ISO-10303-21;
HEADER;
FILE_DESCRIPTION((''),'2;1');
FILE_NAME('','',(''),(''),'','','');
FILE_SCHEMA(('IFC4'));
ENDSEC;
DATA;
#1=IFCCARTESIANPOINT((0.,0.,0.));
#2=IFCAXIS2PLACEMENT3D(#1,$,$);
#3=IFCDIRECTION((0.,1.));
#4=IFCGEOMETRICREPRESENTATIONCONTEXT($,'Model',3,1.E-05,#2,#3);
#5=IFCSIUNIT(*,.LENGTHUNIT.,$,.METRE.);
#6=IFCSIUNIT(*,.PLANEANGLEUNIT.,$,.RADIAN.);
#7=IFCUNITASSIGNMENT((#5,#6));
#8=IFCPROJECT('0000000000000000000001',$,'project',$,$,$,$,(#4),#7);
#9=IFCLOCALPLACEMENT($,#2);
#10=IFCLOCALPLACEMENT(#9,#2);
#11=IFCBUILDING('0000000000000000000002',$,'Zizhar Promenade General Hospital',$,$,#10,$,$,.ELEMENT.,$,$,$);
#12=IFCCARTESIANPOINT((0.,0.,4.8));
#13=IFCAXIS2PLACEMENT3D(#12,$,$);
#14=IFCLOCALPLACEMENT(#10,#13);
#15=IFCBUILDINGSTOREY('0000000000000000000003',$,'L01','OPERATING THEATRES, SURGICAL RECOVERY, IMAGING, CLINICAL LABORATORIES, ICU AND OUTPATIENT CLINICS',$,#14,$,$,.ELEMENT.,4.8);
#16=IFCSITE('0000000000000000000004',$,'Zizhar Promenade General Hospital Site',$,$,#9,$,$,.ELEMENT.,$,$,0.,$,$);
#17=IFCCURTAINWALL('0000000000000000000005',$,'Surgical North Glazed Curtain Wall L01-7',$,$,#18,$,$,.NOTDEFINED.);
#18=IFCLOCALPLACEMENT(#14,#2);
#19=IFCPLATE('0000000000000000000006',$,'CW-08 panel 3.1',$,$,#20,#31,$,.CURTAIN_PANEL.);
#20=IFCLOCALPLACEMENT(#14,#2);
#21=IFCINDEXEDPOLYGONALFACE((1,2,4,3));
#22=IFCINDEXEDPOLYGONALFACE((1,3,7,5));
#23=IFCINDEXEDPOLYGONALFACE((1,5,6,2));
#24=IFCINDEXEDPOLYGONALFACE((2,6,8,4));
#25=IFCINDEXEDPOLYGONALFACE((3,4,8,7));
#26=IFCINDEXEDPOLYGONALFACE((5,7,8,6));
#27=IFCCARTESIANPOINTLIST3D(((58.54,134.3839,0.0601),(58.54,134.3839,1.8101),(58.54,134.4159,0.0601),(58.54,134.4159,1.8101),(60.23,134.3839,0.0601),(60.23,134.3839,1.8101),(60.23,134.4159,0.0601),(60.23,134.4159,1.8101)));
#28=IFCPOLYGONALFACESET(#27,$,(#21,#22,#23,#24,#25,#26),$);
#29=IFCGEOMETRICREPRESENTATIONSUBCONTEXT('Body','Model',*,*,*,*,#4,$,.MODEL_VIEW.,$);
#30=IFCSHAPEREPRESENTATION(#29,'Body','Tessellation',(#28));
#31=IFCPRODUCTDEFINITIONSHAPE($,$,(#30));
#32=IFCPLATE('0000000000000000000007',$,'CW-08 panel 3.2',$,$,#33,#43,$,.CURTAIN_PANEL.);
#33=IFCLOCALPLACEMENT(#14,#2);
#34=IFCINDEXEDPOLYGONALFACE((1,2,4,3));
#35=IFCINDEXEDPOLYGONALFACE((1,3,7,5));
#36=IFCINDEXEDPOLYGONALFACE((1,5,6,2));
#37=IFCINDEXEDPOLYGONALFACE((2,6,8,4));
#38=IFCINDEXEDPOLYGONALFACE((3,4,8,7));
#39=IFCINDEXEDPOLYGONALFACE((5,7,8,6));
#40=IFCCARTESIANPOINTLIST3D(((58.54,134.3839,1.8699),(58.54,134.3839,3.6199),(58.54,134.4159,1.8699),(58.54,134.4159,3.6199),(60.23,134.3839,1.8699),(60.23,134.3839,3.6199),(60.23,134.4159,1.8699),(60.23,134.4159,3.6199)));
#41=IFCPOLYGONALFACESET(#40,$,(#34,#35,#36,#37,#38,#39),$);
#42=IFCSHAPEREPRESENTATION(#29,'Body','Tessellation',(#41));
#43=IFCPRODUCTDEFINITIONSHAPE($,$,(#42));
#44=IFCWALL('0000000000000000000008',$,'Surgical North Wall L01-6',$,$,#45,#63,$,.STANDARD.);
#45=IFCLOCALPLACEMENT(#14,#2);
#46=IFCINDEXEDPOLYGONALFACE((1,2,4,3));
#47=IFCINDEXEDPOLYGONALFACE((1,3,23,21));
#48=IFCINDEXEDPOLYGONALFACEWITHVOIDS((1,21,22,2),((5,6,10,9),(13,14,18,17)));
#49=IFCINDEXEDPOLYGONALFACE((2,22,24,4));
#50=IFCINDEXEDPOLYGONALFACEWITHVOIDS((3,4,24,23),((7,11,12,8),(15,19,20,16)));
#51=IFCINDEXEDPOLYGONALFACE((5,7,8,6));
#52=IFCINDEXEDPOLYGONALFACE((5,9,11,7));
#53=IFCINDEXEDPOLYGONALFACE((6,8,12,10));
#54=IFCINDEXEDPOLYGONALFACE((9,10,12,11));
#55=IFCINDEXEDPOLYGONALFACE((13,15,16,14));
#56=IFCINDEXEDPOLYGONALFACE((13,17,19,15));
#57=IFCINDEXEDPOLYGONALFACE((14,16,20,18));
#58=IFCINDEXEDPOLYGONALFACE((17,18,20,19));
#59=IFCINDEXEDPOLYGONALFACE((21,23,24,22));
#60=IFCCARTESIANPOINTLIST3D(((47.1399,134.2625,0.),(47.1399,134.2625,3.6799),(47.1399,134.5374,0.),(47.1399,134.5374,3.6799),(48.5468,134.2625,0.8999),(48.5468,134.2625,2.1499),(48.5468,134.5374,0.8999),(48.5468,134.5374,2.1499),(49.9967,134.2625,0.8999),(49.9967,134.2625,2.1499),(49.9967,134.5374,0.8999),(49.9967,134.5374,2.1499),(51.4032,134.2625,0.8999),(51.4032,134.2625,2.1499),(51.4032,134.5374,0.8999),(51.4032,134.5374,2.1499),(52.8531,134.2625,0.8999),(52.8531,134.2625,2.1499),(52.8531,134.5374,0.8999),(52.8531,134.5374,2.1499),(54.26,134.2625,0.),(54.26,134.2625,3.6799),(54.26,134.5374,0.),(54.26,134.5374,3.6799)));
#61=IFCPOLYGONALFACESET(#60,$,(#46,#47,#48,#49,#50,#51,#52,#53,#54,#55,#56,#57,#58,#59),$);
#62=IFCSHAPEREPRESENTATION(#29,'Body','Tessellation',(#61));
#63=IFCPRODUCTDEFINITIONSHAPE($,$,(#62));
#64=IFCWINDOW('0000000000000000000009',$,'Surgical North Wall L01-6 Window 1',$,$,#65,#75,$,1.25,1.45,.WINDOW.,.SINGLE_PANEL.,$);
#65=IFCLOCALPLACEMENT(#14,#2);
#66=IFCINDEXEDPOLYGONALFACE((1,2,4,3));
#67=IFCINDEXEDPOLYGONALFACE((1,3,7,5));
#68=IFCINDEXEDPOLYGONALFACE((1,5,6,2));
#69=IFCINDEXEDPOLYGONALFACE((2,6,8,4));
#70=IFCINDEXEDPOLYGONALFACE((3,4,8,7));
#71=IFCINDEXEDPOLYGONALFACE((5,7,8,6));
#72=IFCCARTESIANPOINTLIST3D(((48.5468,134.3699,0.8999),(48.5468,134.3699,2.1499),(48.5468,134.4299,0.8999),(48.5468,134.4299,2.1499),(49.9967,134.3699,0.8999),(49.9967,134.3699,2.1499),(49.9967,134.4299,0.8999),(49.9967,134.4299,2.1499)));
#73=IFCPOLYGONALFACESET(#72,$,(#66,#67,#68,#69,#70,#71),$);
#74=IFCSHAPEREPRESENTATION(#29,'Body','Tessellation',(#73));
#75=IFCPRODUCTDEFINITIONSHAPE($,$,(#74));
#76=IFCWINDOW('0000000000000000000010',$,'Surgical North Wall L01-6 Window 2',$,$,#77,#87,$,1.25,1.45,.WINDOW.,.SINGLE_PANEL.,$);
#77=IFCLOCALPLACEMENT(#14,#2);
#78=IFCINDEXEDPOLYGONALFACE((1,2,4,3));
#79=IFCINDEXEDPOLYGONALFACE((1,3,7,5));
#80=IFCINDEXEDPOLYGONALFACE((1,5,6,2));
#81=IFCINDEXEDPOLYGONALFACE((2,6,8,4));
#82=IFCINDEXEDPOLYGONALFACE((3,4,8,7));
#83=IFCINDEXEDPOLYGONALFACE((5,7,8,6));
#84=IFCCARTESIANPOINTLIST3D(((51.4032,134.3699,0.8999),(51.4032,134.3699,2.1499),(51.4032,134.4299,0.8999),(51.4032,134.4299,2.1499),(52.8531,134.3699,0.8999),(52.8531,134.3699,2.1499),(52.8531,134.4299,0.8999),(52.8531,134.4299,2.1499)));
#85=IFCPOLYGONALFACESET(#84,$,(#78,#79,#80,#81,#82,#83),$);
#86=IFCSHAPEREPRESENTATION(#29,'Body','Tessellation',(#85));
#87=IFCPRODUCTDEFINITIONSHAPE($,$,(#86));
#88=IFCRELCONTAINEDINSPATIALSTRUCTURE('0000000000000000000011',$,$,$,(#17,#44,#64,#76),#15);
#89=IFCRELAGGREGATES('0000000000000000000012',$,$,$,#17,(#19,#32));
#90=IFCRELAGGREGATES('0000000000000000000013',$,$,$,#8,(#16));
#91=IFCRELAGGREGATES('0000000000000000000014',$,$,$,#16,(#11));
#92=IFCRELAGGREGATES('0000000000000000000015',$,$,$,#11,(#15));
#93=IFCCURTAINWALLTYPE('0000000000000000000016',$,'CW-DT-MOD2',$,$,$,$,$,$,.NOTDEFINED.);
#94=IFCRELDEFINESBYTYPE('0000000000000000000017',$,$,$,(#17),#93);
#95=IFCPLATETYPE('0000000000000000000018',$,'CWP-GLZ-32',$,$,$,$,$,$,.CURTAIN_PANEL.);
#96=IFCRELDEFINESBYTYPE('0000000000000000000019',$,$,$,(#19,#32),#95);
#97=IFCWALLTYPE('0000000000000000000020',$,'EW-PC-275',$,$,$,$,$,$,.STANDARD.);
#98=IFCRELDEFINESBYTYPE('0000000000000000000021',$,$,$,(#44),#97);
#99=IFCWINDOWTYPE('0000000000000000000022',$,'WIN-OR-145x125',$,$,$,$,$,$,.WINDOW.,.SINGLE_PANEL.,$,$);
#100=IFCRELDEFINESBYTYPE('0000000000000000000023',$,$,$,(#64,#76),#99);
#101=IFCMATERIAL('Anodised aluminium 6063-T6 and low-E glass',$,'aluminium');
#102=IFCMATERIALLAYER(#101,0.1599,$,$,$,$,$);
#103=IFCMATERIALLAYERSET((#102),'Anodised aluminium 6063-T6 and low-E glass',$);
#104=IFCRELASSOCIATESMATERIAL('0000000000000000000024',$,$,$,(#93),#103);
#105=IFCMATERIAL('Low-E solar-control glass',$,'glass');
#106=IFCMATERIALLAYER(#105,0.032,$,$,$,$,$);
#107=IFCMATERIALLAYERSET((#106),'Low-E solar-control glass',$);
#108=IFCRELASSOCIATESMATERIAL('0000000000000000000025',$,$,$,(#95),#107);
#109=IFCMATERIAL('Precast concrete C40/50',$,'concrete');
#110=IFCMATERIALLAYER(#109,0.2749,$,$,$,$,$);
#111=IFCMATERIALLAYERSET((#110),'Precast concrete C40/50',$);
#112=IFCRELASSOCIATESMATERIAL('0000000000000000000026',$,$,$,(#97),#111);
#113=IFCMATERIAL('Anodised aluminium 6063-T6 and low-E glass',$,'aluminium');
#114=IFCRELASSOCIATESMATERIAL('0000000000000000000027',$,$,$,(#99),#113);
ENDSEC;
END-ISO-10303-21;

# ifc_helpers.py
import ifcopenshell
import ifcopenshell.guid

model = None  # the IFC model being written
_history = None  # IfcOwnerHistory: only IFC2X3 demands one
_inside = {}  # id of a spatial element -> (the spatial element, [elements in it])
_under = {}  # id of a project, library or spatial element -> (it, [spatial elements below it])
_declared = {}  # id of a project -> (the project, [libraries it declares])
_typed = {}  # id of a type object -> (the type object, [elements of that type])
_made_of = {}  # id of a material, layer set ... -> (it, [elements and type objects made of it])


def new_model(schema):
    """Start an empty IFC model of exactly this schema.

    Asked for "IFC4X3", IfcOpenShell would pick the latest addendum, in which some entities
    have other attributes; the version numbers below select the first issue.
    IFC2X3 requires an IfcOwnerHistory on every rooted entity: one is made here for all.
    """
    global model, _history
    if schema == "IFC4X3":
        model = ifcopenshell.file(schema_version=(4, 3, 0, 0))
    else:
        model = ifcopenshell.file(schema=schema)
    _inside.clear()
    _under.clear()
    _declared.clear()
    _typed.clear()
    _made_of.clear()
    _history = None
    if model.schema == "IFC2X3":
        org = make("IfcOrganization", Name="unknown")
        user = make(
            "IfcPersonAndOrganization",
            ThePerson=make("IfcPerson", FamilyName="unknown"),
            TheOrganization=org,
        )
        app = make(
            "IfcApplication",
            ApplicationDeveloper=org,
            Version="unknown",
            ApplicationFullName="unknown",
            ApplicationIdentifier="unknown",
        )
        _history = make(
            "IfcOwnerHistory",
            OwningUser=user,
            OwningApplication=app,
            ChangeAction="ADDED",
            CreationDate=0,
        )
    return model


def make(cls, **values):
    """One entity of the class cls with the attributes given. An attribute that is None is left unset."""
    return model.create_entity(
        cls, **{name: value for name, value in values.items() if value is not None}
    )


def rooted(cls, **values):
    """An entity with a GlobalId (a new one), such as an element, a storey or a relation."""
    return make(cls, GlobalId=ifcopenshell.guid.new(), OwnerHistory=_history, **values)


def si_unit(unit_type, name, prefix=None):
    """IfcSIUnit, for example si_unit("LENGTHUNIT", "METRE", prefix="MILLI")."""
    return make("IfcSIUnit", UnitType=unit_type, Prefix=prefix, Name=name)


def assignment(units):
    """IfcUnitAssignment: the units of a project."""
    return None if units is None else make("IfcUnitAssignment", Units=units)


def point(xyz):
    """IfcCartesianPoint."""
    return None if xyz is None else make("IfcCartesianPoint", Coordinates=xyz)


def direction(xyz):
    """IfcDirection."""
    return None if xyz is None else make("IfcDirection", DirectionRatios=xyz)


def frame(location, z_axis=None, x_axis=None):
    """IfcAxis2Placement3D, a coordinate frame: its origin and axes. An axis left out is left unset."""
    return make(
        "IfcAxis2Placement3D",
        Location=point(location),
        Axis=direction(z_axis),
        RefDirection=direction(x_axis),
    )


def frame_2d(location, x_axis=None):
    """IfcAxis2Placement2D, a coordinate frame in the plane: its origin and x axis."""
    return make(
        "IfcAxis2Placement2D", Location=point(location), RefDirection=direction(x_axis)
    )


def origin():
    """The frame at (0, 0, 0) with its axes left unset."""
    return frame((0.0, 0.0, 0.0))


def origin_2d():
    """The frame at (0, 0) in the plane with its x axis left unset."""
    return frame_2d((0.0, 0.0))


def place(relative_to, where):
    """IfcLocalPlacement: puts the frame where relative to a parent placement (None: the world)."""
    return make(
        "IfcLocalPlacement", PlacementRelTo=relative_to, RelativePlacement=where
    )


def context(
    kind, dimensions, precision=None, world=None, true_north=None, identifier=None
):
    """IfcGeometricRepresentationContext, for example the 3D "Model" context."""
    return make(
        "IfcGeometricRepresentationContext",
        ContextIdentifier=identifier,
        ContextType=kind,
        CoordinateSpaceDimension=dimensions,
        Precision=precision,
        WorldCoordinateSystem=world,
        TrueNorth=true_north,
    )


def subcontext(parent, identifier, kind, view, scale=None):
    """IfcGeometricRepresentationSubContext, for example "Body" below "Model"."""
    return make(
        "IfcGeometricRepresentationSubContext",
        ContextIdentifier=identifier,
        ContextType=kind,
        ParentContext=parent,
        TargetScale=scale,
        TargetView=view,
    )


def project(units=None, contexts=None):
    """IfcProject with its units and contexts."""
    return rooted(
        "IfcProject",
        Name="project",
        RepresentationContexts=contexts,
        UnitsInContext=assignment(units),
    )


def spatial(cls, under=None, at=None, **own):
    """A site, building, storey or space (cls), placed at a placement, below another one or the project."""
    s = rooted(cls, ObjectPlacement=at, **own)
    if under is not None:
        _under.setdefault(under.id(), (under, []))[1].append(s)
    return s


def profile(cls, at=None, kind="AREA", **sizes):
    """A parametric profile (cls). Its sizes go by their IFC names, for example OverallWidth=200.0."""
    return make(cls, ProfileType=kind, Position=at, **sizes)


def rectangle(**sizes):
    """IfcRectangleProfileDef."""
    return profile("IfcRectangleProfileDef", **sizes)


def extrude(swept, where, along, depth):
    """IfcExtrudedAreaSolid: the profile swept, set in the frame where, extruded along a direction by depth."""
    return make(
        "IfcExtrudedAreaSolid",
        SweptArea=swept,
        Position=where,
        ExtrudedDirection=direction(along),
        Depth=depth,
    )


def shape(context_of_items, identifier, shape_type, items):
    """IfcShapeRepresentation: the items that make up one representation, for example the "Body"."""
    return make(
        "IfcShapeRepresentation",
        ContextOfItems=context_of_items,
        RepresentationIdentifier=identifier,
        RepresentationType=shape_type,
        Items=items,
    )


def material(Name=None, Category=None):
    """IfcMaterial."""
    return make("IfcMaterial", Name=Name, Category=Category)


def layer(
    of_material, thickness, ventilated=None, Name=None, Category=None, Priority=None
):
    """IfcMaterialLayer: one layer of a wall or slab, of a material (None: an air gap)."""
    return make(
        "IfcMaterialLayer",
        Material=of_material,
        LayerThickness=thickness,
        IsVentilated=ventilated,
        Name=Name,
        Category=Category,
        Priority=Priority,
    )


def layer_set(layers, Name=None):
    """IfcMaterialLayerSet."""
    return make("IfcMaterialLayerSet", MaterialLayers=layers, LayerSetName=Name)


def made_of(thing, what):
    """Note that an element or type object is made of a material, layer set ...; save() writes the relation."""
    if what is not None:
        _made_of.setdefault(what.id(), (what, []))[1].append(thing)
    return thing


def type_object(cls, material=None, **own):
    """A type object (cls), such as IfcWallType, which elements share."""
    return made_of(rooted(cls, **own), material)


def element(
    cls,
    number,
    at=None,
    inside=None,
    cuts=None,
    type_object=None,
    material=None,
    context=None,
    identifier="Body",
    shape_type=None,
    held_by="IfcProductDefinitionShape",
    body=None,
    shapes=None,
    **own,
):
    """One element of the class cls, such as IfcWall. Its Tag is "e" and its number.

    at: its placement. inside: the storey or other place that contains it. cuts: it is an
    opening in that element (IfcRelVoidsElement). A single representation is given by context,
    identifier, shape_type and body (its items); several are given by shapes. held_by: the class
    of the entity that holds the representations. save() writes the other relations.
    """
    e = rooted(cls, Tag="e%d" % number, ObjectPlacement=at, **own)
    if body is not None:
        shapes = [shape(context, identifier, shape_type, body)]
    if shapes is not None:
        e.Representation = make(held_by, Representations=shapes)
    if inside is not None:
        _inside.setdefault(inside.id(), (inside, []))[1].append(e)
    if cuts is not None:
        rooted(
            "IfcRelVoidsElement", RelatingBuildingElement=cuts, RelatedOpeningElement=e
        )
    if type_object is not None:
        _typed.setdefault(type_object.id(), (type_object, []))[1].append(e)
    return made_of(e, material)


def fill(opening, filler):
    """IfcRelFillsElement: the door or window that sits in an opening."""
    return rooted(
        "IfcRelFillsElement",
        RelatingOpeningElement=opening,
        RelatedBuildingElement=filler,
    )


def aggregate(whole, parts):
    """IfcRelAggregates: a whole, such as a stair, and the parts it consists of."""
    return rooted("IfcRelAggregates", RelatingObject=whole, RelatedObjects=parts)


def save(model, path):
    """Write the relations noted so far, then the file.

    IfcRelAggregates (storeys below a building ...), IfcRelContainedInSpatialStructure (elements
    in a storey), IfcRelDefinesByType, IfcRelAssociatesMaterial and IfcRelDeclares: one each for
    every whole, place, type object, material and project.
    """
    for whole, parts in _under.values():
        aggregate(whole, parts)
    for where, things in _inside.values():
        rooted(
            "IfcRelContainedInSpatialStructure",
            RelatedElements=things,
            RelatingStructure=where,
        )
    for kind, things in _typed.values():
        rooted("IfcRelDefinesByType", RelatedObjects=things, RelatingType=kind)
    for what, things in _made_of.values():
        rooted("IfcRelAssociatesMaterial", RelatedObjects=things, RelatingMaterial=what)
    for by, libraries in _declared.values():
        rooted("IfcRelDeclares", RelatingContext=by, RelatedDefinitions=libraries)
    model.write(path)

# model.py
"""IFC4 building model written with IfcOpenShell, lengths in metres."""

from ifc_helpers import new_model, si_unit, direction, frame, frame_2d, origin, origin_2d, place, context, subcontext, project, spatial, rectangle, extrude, material, layer, layer_set, type_object, element, fill, aggregate, save


model = new_model("IFC4")

# Units and contexts
model_context = context("Model", 3, precision=1e-05, world=origin(), true_north=direction((0.0, 1.0)))
body_context = subcontext(model_context, "Body", "Model", "MODEL_VIEW")
ifc_project = project(units=[si_unit("LENGTHUNIT", "METRE"), si_unit("PLANEANGLEUNIT", "RADIAN")], contexts=[model_context])

# Site, building, storey
site_placement = place(None, origin())
site = spatial("IfcSite", under=ifc_project, at=site_placement, Name="Zizhar Promenade General Hospital Site", CompositionType="ELEMENT", RefElevation=0.0)
building_placement = place(site_placement, origin())
building = spatial("IfcBuilding", under=site, at=building_placement, Name="Zizhar Promenade General Hospital", CompositionType="ELEMENT")
storey_placement = place(building_placement, frame((0.0, 0.0, 4.8)))
storey = spatial("IfcBuildingStorey", under=building, at=storey_placement, Name="L01", Description="OPERATING THEATRES, SURGICAL RECOVERY, IMAGING, CLINICAL LABORATORIES, ICU AND OUTPATIENT CLINICS", CompositionType="ELEMENT", Elevation=4.8)

# Curtain wall, plates
ifc_material_1 = material(Name="Anodised aluminium 6063-T6 and low-E glass", Category="aluminium")
ifc_layer_1 = layer(ifc_material_1, 0.1599)
ifc_layer_set_1 = layer_set([ifc_layer_1], Name="Anodised aluminium 6063-T6 and low-E glass")
curtain_wall_type = type_object("IfcCurtainWallType", Name="CW-DT-MOD2", PredefinedType="NOTDEFINED", material=ifc_layer_set_1)
curtain_wall_placement = place(storey_placement, origin())
curtain_wall = element("IfcCurtainWall", 1, at=curtain_wall_placement, inside=storey, type_object=curtain_wall_type, Name="Surgical North Glazed Curtain Wall L01-7", PredefinedType="NOTDEFINED")
ifc_material_2 = material(Name="Low-E solar-control glass", Category="glass")
ifc_layer_2 = layer(ifc_material_2, 0.032)
ifc_layer_set_2 = layer_set([ifc_layer_2], Name="Low-E solar-control glass")
plate_type = type_object("IfcPlateType", Name="CWP-GLZ-32", PredefinedType="CURTAIN_PANEL", material=ifc_layer_set_2)
plate_1_placement = place(storey_placement, frame((59.385, 134.3999, 0.0601), z_axis=(0.0, 0.0, 1.0), x_axis=(1.0, 0.0, 0.0)))
plate_1 = element("IfcPlate", 2, at=plate_1_placement, type_object=plate_type, Name="CW-08 panel 3.1", PredefinedType="CURTAIN_PANEL", context=body_context, shape_type="SweptSolid", body=[
    extrude(rectangle(XDim=1.6899, YDim=0.032, at=origin_2d()), origin(), (0.0, 0.0, 1.0), 1.75),
])
plate_2_placement = place(storey_placement, frame((59.385, 134.3999, 1.8699), z_axis=(0.0, 0.0, 1.0), x_axis=(1.0, 0.0, 0.0)))
plate_2 = element("IfcPlate", 3, at=plate_2_placement, type_object=plate_type, Name="CW-08 panel 3.2", PredefinedType="CURTAIN_PANEL", context=body_context, shape_type="SweptSolid", body=[
    extrude(rectangle(XDim=1.6899, YDim=0.032, at=origin_2d()), origin(), (0.0, 0.0, 1.0), 1.75),
])
aggregate(curtain_wall, [plate_1, plate_2])

# Wall, openings, windows
ifc_material_3 = material(Name="Precast concrete C40/50", Category="concrete")
ifc_layer_3 = layer(ifc_material_3, 0.2749)
ifc_layer_set_3 = layer_set([ifc_layer_3], Name="Precast concrete C40/50")
wall_type = type_object("IfcWallType", Name="EW-PC-275", PredefinedType="STANDARD", material=ifc_layer_set_3)
wall_placement = place(storey_placement, frame((47.1399, 134.3999, 0.0), z_axis=(0.0, 0.0, 1.0), x_axis=(1.0, 0.0, 0.0)))
wall = element("IfcWall", 4, at=wall_placement, inside=storey, type_object=wall_type, Name="Surgical North Wall L01-6", PredefinedType="STANDARD", context=body_context, shape_type="SweptSolid", body=[
    extrude(rectangle(XDim=7.1201, YDim=0.2749, at=frame_2d((3.5601, 0.0))), origin(), (0.0, 0.0, 1.0), 3.6799),
])
opening_1_placement = place(wall_placement, frame((1.4067, 0.0, 0.8999)))
opening_1 = element("IfcOpeningElement", 5, at=opening_1_placement, cuts=wall, PredefinedType="OPENING", context=body_context, shape_type="SweptSolid", body=[
    extrude(rectangle(XDim=1.45, YDim=1.25, at=frame_2d((0.7251, 0.625))), frame((0.0, 0.1475, 0.0), z_axis=(0.0, -1.0, 0.0), x_axis=(1.0, 0.0, 0.0)), (0.0, 0.0, 1.0), 0.2949),
])
opening_2_placement = place(wall_placement, frame((4.2632, 0.0, 0.8999)))
opening_2 = element("IfcOpeningElement", 6, at=opening_2_placement, cuts=wall, PredefinedType="OPENING", context=body_context, shape_type="SweptSolid", body=[
    extrude(rectangle(XDim=1.45, YDim=1.25, at=frame_2d((0.7251, 0.625))), frame((0.0, 0.1475, 0.0), z_axis=(0.0, -1.0, 0.0), x_axis=(1.0, 0.0, 0.0)), (0.0, 0.0, 1.0), 0.2949),
])
ifc_material_4 = material(Name="Anodised aluminium 6063-T6 and low-E glass", Category="aluminium")
window_type = type_object("IfcWindowType", Name="WIN-OR-145x125", PartitioningType="SINGLE_PANEL", PredefinedType="WINDOW", material=ifc_material_4)
window_1_placement = place(opening_1_placement, origin())
window_1 = element("IfcWindow", 7, at=window_1_placement, inside=storey, type_object=window_type, Name="Surgical North Wall L01-6 Window 1", OverallHeight=1.25, OverallWidth=1.45, PartitioningType="SINGLE_PANEL", PredefinedType="WINDOW", context=body_context, shape_type="SweptSolid", body=[
    extrude(rectangle(XDim=1.45, YDim=1.25, at=frame_2d((0.7251, 0.625))), frame((0.0, 0.03, 0.0), z_axis=(0.0, -1.0, 0.0), x_axis=(1.0, 0.0, 0.0)), (0.0, 0.0, 1.0), 0.0601),
])
fill(opening_1, window_1)
window_2_placement = place(opening_2_placement, origin())
window_2 = element("IfcWindow", 8, at=window_2_placement, inside=storey, type_object=window_type, Name="Surgical North Wall L01-6 Window 2", OverallHeight=1.25, OverallWidth=1.45, PartitioningType="SINGLE_PANEL", PredefinedType="WINDOW", context=body_context, shape_type="SweptSolid", body=[
    extrude(rectangle(XDim=1.45, YDim=1.25, at=frame_2d((0.7251, 0.625))), frame((0.0, 0.03, 0.0), z_axis=(0.0, -1.0, 0.0), x_axis=(1.0, 0.0, 0.0)), (0.0, 0.0, 1.0), 0.0601),
])
fill(opening_2, window_2)

save(model, "model.ifc")
